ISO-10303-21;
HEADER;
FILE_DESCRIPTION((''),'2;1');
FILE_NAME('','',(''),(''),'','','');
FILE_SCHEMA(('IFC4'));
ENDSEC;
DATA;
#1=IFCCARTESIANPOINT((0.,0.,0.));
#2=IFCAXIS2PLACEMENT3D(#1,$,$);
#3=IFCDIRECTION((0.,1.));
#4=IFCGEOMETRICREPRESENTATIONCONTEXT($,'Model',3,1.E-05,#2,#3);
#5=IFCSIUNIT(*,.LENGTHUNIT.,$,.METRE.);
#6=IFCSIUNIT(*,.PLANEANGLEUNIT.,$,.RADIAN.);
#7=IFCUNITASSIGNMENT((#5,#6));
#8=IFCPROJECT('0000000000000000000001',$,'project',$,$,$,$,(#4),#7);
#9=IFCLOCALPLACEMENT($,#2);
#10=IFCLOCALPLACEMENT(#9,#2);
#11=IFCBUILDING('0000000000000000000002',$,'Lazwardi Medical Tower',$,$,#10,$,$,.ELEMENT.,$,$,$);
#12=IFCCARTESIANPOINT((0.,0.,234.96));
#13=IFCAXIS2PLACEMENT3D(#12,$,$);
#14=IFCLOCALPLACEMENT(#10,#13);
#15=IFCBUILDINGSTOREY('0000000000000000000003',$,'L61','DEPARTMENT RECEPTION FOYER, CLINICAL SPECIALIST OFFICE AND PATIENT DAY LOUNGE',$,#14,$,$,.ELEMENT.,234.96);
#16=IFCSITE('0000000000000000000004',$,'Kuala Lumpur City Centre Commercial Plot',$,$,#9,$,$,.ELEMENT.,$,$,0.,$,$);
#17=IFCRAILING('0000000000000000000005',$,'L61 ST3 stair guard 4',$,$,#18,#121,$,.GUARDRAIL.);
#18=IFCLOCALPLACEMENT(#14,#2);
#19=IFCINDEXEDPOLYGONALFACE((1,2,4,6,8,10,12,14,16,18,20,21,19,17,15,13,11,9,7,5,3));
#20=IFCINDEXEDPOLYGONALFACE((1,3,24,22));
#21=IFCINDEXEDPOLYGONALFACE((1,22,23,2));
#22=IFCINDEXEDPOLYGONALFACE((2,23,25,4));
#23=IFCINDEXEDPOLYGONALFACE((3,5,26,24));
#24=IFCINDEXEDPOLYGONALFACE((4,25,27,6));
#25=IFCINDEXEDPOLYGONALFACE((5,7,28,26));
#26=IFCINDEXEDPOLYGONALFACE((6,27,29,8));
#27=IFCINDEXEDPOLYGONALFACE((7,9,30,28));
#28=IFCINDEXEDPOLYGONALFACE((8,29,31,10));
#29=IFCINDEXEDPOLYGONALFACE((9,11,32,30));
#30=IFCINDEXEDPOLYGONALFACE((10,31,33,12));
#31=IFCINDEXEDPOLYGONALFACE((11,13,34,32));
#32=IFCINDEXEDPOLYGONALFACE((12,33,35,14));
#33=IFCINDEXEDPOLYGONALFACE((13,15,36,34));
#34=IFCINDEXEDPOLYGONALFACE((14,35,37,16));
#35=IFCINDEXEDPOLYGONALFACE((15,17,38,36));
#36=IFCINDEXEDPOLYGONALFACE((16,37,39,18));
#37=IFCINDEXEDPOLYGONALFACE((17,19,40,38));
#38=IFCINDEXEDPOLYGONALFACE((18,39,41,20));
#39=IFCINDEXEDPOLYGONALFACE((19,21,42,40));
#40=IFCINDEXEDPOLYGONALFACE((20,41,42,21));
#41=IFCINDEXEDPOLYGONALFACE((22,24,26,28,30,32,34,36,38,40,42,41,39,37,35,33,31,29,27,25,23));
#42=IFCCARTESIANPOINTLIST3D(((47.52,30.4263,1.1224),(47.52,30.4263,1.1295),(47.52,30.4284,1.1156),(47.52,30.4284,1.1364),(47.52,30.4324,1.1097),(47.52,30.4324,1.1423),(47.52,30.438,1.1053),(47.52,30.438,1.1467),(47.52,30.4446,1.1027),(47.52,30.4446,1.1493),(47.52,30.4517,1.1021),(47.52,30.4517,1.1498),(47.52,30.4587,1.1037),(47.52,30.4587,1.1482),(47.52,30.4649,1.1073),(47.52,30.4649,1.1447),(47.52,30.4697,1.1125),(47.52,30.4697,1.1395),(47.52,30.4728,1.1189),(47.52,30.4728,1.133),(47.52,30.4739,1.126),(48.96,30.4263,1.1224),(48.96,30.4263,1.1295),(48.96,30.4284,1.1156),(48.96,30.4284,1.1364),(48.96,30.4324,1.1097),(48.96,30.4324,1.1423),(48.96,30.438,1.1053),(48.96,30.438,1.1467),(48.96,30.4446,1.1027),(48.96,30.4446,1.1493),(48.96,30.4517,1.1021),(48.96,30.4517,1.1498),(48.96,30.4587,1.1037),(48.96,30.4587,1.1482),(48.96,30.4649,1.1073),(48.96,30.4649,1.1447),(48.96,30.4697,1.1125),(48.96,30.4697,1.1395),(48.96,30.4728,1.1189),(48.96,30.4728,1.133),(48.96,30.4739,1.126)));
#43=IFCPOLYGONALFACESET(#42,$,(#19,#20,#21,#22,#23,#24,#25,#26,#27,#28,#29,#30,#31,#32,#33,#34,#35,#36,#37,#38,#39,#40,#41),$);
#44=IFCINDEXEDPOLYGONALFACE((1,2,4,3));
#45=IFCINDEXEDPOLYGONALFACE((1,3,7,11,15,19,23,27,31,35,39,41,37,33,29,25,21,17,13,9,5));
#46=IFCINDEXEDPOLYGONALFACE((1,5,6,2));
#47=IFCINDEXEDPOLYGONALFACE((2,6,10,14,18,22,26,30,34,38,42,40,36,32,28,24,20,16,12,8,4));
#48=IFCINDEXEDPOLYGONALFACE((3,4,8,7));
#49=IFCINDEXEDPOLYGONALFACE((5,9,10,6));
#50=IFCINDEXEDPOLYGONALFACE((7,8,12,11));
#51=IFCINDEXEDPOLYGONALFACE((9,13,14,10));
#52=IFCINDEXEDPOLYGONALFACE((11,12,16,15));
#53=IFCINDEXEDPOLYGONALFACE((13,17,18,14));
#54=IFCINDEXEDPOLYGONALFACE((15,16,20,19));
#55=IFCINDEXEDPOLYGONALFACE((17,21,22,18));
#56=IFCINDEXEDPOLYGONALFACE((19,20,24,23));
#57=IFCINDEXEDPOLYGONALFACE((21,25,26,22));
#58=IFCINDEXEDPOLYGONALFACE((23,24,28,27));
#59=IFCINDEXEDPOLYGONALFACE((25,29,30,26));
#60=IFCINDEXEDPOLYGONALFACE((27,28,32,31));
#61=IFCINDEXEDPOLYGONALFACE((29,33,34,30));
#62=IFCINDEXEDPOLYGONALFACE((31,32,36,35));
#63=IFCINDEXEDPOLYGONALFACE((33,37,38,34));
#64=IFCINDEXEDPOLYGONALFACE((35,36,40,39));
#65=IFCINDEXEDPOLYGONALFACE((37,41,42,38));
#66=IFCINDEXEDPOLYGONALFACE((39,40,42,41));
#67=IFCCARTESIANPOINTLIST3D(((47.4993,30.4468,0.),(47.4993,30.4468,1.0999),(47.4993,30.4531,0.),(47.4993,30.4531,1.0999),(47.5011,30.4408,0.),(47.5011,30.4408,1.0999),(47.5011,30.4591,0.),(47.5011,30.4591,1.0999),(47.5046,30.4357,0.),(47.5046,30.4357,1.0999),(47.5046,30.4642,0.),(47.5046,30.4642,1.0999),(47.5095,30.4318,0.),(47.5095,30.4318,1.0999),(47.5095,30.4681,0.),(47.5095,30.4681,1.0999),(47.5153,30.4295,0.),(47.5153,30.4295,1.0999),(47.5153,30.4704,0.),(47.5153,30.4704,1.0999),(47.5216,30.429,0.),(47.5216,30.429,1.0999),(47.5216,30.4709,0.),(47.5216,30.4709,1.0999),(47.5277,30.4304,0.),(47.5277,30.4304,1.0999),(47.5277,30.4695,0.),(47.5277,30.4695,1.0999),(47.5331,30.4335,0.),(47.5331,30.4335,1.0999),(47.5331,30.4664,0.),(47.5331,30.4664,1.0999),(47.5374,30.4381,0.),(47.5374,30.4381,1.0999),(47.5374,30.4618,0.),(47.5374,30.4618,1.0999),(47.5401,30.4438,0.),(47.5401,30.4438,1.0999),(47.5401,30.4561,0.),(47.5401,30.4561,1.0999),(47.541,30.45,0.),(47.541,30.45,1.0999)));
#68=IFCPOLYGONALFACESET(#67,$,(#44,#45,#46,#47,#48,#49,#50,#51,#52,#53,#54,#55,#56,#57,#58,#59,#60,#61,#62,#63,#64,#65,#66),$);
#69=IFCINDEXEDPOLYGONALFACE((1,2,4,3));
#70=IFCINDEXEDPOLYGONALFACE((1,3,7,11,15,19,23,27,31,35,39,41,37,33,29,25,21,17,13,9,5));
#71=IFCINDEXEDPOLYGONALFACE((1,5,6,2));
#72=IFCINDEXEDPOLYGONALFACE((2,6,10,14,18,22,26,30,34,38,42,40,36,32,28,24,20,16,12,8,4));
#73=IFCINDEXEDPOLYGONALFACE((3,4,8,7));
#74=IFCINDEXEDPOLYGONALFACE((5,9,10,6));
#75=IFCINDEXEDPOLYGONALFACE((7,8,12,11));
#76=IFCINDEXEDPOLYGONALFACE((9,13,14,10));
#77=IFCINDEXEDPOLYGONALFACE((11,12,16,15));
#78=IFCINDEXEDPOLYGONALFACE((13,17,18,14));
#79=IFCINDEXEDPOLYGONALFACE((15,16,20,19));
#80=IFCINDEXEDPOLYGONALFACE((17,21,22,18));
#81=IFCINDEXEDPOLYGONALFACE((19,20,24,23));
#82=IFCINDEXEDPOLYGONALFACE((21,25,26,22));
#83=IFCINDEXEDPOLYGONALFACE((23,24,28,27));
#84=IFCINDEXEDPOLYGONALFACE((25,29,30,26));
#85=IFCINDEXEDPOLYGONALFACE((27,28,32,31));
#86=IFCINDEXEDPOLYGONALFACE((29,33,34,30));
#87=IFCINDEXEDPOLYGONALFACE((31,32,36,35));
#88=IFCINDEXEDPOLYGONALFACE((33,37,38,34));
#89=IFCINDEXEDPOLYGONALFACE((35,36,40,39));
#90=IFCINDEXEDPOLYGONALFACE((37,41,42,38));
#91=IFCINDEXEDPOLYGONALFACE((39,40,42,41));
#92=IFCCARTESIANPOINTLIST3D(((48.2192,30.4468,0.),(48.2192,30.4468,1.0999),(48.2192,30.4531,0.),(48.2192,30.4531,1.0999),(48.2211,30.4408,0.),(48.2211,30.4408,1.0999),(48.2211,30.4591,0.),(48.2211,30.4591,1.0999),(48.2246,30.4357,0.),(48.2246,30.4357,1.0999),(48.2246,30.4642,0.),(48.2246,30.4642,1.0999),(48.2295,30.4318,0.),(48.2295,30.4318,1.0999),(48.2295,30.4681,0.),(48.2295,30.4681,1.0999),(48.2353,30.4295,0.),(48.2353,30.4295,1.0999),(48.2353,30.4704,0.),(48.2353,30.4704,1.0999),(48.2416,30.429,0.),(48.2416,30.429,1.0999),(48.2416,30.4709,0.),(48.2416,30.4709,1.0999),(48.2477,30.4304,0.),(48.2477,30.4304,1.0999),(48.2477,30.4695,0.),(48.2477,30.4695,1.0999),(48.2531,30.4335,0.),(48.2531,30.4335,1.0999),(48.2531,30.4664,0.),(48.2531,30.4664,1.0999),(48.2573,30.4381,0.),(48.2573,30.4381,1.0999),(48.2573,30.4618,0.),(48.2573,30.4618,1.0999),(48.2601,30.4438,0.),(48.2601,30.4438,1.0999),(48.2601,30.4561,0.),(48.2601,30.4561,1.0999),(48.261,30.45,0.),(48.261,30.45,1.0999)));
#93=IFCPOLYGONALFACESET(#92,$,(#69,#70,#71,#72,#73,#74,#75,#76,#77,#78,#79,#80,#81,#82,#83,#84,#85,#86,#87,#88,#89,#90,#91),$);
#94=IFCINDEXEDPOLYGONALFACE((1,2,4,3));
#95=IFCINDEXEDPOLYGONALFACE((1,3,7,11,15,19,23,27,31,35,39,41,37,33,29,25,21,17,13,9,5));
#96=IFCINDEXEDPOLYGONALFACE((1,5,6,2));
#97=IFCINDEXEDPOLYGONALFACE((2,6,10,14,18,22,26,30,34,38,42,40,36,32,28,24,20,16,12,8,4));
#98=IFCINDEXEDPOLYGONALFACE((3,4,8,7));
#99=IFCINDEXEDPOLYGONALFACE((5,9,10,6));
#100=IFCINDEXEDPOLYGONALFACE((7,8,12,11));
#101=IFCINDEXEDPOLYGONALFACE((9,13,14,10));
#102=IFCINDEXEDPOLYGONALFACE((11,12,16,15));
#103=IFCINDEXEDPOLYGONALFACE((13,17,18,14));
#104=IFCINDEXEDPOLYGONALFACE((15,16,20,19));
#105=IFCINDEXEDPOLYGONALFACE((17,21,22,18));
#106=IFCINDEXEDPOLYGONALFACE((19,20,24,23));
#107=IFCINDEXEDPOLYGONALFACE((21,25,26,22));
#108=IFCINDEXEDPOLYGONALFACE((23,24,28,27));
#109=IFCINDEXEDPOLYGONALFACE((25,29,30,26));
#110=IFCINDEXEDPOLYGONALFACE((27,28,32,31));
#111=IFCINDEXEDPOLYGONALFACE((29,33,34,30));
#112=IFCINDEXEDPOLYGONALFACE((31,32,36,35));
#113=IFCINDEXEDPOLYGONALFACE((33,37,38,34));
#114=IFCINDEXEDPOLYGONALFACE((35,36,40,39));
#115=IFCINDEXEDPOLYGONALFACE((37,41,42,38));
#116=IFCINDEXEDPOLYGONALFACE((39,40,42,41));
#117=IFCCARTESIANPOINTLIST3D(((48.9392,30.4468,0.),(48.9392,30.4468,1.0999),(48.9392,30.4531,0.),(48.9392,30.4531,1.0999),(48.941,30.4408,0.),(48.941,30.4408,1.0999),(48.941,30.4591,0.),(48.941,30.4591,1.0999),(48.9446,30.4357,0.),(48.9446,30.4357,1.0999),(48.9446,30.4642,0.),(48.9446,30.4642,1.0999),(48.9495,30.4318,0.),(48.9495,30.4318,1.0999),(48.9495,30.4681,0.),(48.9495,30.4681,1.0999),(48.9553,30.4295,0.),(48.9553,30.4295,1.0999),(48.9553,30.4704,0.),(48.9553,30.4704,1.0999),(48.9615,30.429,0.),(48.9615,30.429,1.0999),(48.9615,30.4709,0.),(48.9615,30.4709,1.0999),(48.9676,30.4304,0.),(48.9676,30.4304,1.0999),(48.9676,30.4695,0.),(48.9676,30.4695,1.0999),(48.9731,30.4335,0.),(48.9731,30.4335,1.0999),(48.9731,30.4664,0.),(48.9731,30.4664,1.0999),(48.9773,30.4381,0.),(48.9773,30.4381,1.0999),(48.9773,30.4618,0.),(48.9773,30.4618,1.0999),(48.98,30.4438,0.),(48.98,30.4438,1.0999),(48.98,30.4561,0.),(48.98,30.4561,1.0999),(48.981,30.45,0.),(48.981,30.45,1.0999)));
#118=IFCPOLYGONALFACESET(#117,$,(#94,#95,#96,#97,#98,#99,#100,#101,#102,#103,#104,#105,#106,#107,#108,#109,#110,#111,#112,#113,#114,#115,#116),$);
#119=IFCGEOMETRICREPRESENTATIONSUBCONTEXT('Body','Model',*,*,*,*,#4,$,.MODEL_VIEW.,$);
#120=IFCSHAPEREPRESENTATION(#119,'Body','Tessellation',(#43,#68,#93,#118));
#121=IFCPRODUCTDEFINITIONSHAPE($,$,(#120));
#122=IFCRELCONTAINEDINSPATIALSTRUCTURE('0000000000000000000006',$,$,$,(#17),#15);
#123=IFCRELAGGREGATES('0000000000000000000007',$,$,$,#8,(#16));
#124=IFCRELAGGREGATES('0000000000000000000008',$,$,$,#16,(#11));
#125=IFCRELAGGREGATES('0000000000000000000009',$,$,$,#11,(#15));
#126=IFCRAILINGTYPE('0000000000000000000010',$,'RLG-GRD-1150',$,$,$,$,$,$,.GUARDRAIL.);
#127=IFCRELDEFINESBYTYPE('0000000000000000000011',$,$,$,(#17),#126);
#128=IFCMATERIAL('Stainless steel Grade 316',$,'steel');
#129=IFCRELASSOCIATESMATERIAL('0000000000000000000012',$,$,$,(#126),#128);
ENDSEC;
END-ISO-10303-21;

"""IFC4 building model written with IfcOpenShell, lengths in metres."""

from ifc_helpers import new_model, si_unit, direction, frame, origin, origin_2d, place, context, subcontext, project, spatial, circle, extrude, material, type_object, element, save


model = new_model("IFC4")

# Units and contexts
model_context = context("Model", 3, precision=1e-05, world=origin(), true_north=direction((0.0, 1.0)))
body_context = subcontext(model_context, "Body", "Model", "MODEL_VIEW")
ifc_project = project(units=[si_unit("LENGTHUNIT", "METRE"), si_unit("PLANEANGLEUNIT", "RADIAN")], contexts=[model_context])

# Site, building, storey
site_placement = place(None, origin())
site = spatial("IfcSite", under=ifc_project, at=site_placement, Name="Kuala Lumpur City Centre Commercial Plot", CompositionType="ELEMENT", RefElevation=0.0)
building_placement = place(site_placement, origin())
building = spatial("IfcBuilding", under=site, at=building_placement, Name="Lazwardi Medical Tower", CompositionType="ELEMENT")
storey_placement = place(building_placement, frame((0.0, 0.0, 234.96)))
storey = spatial("IfcBuildingStorey", under=building, at=storey_placement, Name="L61", Description="DEPARTMENT RECEPTION FOYER, CLINICAL SPECIALIST OFFICE AND PATIENT DAY LOUNGE", CompositionType="ELEMENT", Elevation=234.96)

# Railing
ifc_material_1 = material(Name="Stainless steel Grade 316", Category="steel")
railing_type = type_object("IfcRailingType", Name="RLG-GRD-1150", PredefinedType="GUARDRAIL", material=ifc_material_1)
railing_1_placement = place(storey_placement, frame((47.52, 30.45, 0.0)))
element("IfcRailing", 1, at=railing_1_placement, inside=storey, type_object=railing_type, Name="L61 ST3 stair guard 4", PredefinedType="GUARDRAIL", context=body_context, shape_type="SweptSolid", body=[
    extrude(circle(Radius=0.0239, at=origin_2d()), frame((0.0, 0.0, 1.126), z_axis=(1.0, 0.0, 0.0), x_axis=(0.0, 1.0, 0.0)), (0.0, 0.0, 1.0), 1.4399),
    extrude(circle(Radius=0.021, at=origin_2d()), origin(), (0.0, 0.0, 1.0), 1.0999),
    extrude(circle(Radius=0.021, at=origin_2d()), frame((0.72, 0.0, 0.0)), (0.0, 0.0, 1.0), 1.0999),
    extrude(circle(Radius=0.021, at=origin_2d()), frame((1.4399, 0.0, 0.0)), (0.0, 0.0, 1.0), 1.0999),
])

save(model, "model.ifc")
